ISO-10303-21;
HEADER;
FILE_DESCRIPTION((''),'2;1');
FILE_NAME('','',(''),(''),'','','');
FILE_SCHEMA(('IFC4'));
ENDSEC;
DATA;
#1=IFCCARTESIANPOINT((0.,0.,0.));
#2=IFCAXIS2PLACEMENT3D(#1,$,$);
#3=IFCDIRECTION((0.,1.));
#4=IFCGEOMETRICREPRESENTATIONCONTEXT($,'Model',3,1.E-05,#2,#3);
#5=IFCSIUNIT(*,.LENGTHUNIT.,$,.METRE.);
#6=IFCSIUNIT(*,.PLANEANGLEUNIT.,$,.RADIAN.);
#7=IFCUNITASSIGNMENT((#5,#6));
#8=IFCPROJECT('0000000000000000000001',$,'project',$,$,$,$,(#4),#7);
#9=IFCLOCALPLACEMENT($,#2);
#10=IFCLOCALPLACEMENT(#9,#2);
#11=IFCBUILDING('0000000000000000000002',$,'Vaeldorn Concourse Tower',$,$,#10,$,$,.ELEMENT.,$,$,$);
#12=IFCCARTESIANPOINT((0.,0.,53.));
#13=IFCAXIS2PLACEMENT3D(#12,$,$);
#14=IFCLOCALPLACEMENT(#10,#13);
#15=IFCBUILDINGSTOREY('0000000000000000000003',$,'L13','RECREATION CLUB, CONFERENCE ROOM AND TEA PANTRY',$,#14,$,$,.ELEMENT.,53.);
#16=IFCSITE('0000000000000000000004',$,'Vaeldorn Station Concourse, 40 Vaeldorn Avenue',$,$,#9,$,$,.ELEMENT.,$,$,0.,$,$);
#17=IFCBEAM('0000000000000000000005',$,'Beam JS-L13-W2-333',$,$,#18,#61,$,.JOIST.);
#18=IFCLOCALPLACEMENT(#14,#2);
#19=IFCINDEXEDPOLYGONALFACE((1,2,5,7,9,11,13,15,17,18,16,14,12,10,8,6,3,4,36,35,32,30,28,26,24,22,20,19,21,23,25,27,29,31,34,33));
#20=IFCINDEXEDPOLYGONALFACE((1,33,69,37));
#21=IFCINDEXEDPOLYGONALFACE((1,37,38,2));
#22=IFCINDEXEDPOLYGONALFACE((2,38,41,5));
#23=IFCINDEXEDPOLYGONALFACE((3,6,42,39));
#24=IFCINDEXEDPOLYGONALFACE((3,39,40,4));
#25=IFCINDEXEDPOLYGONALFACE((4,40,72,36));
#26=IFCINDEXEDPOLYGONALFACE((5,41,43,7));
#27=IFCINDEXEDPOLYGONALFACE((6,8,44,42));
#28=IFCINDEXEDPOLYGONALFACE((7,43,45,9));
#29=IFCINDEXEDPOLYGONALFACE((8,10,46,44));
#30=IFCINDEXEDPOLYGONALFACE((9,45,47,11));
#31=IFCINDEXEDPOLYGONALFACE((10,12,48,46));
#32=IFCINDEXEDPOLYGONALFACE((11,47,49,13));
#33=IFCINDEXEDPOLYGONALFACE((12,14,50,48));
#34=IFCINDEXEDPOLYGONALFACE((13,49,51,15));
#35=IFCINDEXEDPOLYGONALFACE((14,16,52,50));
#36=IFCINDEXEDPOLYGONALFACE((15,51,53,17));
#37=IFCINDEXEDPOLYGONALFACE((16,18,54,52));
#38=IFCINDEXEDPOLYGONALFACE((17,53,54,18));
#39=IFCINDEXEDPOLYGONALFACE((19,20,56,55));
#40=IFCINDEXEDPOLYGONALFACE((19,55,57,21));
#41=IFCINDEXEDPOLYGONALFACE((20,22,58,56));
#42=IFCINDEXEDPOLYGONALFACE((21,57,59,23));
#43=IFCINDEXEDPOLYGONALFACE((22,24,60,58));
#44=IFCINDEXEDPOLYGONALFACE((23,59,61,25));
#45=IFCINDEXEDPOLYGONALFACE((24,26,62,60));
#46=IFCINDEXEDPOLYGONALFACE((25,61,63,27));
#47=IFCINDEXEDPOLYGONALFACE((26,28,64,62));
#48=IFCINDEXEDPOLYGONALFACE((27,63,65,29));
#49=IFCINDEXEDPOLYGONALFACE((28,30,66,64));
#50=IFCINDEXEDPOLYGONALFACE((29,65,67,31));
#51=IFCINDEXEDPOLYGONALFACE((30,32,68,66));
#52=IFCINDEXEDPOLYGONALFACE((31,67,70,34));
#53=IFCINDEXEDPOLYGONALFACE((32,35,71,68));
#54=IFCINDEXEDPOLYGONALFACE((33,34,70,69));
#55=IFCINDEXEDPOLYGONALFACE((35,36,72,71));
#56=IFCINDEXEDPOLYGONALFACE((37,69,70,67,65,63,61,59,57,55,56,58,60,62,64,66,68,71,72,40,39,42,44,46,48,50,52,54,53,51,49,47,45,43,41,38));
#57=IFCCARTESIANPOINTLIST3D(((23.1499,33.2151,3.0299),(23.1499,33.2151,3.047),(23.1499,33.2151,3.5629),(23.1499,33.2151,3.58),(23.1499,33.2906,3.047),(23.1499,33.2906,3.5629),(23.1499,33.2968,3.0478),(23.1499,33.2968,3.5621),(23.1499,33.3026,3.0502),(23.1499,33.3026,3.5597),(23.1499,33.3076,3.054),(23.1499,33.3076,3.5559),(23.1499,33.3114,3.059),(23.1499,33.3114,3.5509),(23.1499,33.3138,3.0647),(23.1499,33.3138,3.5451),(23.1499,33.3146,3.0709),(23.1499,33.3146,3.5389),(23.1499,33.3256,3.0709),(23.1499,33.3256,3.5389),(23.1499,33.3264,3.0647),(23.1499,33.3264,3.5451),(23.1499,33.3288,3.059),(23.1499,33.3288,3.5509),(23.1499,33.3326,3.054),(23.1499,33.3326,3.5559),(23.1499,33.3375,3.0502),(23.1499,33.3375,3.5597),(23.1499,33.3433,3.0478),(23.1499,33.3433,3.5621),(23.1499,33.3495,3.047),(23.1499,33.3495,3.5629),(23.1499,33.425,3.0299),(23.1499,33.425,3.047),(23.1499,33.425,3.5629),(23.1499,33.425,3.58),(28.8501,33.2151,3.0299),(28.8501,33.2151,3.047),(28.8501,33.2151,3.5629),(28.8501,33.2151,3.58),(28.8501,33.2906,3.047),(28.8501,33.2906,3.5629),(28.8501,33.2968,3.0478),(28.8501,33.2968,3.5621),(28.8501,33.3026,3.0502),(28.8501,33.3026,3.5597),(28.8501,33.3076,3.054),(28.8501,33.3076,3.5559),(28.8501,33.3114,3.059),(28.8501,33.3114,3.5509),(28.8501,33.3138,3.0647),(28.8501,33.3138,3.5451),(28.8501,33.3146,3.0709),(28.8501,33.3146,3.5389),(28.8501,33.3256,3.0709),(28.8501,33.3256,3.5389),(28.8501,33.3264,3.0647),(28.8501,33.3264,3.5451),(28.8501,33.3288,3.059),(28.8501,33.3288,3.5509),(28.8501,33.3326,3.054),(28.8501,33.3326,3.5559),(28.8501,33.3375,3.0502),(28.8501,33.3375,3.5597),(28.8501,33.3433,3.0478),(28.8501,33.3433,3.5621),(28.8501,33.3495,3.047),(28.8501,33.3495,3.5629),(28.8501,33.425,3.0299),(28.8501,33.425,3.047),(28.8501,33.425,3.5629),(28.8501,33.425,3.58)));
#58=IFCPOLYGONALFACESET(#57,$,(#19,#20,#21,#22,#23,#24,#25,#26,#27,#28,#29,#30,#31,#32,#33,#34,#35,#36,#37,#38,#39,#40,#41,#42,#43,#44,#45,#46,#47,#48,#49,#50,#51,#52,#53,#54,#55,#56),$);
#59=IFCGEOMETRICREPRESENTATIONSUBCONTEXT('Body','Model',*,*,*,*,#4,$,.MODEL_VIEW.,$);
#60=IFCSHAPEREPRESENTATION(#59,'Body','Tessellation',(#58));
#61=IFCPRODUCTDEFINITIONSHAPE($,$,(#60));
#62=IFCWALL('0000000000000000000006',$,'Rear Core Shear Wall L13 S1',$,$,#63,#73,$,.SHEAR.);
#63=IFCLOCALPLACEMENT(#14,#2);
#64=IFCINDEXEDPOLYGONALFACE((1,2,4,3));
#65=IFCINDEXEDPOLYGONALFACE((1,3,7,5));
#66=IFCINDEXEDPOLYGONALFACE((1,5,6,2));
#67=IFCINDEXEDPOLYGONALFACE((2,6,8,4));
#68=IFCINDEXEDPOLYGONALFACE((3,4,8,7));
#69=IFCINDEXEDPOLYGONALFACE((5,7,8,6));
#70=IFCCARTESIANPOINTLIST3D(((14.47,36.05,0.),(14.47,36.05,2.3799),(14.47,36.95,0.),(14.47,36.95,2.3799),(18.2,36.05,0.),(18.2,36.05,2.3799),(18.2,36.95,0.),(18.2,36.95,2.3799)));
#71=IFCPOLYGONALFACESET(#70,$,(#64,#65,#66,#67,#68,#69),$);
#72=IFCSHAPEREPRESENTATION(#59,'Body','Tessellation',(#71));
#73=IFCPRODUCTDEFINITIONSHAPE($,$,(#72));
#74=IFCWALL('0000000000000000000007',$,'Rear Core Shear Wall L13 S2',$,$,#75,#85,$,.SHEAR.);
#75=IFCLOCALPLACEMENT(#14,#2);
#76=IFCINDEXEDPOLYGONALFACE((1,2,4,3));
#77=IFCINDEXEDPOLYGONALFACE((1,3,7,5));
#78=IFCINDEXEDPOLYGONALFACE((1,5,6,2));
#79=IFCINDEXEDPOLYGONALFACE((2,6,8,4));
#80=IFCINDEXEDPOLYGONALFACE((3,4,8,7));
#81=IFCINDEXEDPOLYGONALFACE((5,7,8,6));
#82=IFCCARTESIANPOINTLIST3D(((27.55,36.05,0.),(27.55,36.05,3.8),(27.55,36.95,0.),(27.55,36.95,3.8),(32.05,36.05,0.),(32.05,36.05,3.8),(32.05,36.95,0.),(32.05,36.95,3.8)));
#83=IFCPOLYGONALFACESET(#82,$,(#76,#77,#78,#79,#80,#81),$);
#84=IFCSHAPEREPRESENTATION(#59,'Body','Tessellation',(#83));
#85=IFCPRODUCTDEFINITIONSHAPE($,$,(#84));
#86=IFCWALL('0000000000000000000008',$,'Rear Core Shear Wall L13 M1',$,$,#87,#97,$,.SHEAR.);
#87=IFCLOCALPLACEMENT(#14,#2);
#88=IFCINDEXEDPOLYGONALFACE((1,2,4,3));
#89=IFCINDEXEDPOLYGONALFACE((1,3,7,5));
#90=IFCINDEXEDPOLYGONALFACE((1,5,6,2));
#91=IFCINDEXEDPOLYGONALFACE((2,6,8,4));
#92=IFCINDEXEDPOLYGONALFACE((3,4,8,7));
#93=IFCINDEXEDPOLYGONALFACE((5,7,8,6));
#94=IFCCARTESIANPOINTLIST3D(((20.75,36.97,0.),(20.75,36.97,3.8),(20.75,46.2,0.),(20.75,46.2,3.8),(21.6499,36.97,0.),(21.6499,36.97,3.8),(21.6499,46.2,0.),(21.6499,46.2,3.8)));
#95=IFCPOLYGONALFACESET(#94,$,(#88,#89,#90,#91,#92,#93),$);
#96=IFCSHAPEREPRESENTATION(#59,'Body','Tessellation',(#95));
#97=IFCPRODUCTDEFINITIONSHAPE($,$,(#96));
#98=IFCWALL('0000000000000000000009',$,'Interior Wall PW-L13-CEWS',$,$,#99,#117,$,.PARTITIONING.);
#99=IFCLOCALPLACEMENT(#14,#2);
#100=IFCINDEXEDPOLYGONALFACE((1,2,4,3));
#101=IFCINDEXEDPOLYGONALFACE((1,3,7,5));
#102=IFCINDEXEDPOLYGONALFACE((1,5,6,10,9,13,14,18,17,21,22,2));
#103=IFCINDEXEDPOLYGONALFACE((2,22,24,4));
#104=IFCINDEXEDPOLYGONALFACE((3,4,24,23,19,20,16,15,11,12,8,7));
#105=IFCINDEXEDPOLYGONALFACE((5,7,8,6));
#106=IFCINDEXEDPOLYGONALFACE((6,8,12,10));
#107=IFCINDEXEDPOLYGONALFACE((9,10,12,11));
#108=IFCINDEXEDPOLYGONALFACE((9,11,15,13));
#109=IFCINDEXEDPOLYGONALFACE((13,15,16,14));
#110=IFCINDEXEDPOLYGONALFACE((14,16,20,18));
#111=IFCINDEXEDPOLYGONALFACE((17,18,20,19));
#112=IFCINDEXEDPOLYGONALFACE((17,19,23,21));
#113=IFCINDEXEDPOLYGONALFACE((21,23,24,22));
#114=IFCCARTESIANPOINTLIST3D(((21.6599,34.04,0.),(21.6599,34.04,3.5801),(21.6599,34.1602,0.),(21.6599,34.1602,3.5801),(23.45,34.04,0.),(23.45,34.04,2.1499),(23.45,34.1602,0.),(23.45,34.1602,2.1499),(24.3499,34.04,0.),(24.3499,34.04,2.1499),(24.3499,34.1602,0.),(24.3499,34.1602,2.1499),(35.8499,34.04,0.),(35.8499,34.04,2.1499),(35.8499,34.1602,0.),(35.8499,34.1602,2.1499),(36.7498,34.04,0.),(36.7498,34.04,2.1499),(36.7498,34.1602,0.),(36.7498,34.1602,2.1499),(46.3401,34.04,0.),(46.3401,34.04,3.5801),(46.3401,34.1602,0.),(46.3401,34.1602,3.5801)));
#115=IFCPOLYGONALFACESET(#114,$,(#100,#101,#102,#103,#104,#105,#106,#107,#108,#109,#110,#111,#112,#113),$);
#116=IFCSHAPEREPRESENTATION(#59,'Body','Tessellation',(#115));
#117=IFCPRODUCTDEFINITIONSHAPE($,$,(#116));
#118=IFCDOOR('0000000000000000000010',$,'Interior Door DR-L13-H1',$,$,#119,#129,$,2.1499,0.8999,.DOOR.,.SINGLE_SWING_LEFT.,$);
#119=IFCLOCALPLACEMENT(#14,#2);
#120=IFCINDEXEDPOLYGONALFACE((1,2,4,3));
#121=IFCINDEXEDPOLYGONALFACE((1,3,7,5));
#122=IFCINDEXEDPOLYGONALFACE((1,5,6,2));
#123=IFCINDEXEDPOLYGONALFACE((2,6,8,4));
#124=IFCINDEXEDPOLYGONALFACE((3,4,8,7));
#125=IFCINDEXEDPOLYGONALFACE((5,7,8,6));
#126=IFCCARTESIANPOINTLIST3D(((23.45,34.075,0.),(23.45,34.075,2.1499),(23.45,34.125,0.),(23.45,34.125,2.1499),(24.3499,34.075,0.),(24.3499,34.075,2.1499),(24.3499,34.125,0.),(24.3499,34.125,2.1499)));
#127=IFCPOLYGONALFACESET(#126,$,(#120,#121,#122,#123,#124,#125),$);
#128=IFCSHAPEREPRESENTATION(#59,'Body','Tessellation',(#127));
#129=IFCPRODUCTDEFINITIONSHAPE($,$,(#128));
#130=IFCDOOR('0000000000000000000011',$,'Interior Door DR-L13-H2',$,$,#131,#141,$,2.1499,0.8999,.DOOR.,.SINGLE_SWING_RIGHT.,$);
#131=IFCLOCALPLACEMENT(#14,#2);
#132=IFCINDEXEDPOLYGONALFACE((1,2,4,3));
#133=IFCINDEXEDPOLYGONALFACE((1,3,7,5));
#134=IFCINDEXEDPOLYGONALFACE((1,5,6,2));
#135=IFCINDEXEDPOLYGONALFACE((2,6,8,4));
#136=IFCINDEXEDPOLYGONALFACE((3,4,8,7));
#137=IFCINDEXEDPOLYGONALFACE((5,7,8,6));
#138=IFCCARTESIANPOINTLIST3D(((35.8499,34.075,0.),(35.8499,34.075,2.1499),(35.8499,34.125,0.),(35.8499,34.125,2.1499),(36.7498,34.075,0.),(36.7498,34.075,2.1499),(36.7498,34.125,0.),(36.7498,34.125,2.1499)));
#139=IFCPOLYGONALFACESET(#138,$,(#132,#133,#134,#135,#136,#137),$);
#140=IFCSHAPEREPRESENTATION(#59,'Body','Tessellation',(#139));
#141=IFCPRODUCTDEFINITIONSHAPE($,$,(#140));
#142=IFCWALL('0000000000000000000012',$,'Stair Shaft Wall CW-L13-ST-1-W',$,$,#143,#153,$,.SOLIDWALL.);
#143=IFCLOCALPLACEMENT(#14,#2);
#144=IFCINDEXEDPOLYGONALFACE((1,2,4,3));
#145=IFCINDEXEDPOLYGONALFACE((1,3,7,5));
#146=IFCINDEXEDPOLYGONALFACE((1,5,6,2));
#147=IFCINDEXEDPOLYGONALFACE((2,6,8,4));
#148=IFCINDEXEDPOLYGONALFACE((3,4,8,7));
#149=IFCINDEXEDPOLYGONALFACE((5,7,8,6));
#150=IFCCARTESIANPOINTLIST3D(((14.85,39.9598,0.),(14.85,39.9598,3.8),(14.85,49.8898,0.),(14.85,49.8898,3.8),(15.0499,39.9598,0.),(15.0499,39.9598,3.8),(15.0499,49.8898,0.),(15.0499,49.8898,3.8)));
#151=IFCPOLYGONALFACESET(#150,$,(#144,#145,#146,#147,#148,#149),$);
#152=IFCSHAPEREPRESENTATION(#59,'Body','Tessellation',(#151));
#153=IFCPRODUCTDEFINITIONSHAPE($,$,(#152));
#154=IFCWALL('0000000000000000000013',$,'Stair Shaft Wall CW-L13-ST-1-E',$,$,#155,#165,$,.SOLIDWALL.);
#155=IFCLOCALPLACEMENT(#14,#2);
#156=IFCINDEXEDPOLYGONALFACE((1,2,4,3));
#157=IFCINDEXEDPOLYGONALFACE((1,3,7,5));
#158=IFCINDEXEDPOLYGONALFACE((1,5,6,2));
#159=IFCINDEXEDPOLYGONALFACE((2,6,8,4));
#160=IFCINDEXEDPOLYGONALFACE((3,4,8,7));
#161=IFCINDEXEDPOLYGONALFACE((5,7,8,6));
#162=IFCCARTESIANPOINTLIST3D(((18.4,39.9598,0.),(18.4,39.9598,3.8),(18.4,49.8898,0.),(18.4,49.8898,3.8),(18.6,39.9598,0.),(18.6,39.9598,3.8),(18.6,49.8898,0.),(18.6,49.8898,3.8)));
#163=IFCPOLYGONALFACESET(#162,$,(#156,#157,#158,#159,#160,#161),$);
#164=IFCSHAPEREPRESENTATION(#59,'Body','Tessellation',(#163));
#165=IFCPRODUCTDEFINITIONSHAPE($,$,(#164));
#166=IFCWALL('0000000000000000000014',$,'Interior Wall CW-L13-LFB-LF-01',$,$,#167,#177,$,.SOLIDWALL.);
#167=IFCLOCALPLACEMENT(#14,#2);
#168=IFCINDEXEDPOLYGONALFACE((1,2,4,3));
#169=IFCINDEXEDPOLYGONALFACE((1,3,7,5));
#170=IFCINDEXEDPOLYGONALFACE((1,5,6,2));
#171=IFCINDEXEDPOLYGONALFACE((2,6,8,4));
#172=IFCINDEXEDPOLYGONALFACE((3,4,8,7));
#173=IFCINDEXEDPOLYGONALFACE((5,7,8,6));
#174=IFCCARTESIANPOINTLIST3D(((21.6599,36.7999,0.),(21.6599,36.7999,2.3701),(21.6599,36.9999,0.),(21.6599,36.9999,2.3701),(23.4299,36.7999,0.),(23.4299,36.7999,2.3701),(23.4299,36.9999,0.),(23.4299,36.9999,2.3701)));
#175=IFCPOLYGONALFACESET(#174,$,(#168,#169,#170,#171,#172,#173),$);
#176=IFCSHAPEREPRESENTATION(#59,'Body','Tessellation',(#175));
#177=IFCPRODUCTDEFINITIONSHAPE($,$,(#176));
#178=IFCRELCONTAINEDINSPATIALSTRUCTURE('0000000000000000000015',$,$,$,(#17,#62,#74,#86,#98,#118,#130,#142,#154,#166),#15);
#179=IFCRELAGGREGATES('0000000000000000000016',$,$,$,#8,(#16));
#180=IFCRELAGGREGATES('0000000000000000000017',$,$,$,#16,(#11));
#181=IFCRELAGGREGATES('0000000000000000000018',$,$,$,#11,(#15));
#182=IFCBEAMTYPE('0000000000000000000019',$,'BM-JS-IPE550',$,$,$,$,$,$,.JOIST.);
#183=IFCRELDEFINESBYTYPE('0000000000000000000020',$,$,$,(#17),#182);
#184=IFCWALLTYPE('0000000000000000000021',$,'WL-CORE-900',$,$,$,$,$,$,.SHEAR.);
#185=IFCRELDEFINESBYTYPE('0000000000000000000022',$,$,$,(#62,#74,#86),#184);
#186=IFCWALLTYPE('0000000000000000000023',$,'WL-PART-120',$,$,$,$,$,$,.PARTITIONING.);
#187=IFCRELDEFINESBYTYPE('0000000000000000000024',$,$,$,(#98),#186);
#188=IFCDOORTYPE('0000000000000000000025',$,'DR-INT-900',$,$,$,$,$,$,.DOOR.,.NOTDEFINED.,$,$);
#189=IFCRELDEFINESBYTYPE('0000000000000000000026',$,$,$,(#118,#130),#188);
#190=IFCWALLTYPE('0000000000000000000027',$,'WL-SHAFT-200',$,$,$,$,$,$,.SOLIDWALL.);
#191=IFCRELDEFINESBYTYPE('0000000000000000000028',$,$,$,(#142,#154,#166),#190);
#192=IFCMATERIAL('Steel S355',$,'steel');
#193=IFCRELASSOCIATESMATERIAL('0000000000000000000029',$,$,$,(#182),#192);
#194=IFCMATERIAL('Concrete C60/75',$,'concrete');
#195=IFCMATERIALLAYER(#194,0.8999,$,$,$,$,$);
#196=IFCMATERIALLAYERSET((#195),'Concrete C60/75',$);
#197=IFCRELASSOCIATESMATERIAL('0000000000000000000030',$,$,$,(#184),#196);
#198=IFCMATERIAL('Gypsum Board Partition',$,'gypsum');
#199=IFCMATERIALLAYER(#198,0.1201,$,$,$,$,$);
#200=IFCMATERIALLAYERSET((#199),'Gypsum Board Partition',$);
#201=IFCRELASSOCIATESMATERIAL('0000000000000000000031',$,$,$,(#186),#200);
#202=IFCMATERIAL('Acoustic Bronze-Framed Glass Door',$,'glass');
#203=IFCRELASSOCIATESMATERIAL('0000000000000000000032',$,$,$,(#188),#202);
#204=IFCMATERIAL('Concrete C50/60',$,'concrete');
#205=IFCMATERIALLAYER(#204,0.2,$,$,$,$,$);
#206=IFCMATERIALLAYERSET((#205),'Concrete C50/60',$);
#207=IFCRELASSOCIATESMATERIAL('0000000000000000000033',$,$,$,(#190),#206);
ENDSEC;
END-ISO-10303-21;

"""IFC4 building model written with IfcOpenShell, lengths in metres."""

from ifc_helpers import new_model, si_unit, direction, frame, frame_2d, origin, origin_2d, place, context, subcontext, project, spatial, rectangle, i_section, extrude, source, transform, mapped, material, layer, layer_set, material_profile, profile_set, type_object, element, fill, save


model = new_model("IFC4")

# Units and contexts
model_context = context("Model", 3, precision=1e-05, world=origin(), true_north=direction((0.0, 1.0)))
body_context = subcontext(model_context, "Body", "Model", "MODEL_VIEW")
ifc_project = project(units=[si_unit("LENGTHUNIT", "METRE"), si_unit("PLANEANGLEUNIT", "RADIAN")], contexts=[model_context])

# Site, building, storey
site_placement = place(None, origin())
site = spatial("IfcSite", under=ifc_project, at=site_placement, Name="Vaeldorn Station Concourse, 40 Vaeldorn Avenue", CompositionType="ELEMENT", RefElevation=0.0)
building_placement = place(site_placement, origin())
building = spatial("IfcBuilding", under=site, at=building_placement, Name="Vaeldorn Concourse Tower", CompositionType="ELEMENT")
storey_placement = place(building_placement, frame((0.0, 0.0, 53.0)))
storey = spatial("IfcBuildingStorey", under=building, at=storey_placement, Name="L13", Description="RECREATION CLUB, CONFERENCE ROOM AND TEA PANTRY", CompositionType="ELEMENT", Elevation=53.0)

# Beam
ifc_material_1 = material(Name="Steel S355", Category="steel")
ifc_material_profile_1 = material_profile(ifc_material_1, i_section(OverallWidth=0.21, OverallDepth=0.55, WebThickness=0.011, FlangeThickness=0.0171, FilletRadius=0.0239, at=origin_2d()), Name="IPE 550")
ifc_profile_set_1 = profile_set([ifc_material_profile_1], Name="Steel S355")
beam_type_1 = type_object("IfcBeamType", Name="BM-JS-IPE550", PredefinedType="JOIST", material=ifc_profile_set_1)
shared_shape_1 = source(origin(), body_context, "Body", "SweptSolid", [
    extrude(i_section(OverallWidth=0.21, OverallDepth=0.55, WebThickness=0.011, FlangeThickness=0.0171, FilletRadius=0.0239, at=origin_2d()), origin(), (0.0, 0.0, 1.0), 5.7002),
])
for number, where, z_axis, x_axis, name in (
    (1, (23.1499, 33.3201, 3.3049), (1.0, 0.0, 0.0), (0.0, 1.0, 0.0), "Beam JS-L13-W2-333"),
):
    element("IfcBeam", number, at=place(storey_placement, frame(where, z_axis=z_axis, x_axis=x_axis)), inside=storey, type_object=beam_type_1, Name=name, PredefinedType="JOIST", context=body_context, shape_type="MappedRepresentation", body=[
        mapped(shared_shape_1, transform((0.0, 0.0, 0.0), scale=1.0)),
    ])

# Walls
ifc_material_2 = material(Name="Concrete C60/75", Category="concrete")
ifc_layer_1 = layer(ifc_material_2, 0.8999)
ifc_layer_set_1 = layer_set([ifc_layer_1], Name="Concrete C60/75")
wall_type_1 = type_object("IfcWallType", Name="WL-CORE-900", PredefinedType="SHEAR", material=ifc_layer_set_1)
wall_1_placement = place(storey_placement, frame((14.47, 36.5, 0.0), z_axis=(0.0, 0.0, 1.0), x_axis=(1.0, 0.0, 0.0)))
element("IfcWall", 2, at=wall_1_placement, inside=storey, type_object=wall_type_1, Name="Rear Core Shear Wall L13 S1", PredefinedType="SHEAR", context=body_context, shape_type="SweptSolid", body=[
    extrude(rectangle(XDim=3.73, YDim=0.8999, at=frame_2d((1.865, 0.0))), origin(), (0.0, 0.0, 1.0), 2.3799),
])
wall_2_placement = place(storey_placement, frame((27.55, 36.5, 0.0), z_axis=(0.0, 0.0, 1.0), x_axis=(1.0, 0.0, 0.0)))
element("IfcWall", 3, at=wall_2_placement, inside=storey, type_object=wall_type_1, Name="Rear Core Shear Wall L13 S2", PredefinedType="SHEAR", context=body_context, shape_type="SweptSolid", body=[
    extrude(rectangle(XDim=4.5, YDim=0.8999, at=frame_2d((2.25, 0.0))), origin(), (0.0, 0.0, 1.0), 3.8),
])
wall_3_placement = place(storey_placement, frame((21.2, 36.97, 0.0), z_axis=(0.0, 0.0, 1.0), x_axis=(0.0, 1.0, 0.0)))
element("IfcWall", 4, at=wall_3_placement, inside=storey, type_object=wall_type_1, Name="Rear Core Shear Wall L13 M1", PredefinedType="SHEAR", context=body_context, shape_type="SweptSolid", body=[
    extrude(rectangle(XDim=9.23, YDim=0.8999, at=frame_2d((4.615, 0.0))), origin(), (0.0, 0.0, 1.0), 3.8),
])

# Wall, openings, doors
ifc_material_3 = material(Name="Gypsum Board Partition", Category="gypsum")
ifc_layer_2 = layer(ifc_material_3, 0.1201)
ifc_layer_set_2 = layer_set([ifc_layer_2], Name="Gypsum Board Partition")
wall_type_2 = type_object("IfcWallType", Name="WL-PART-120", PredefinedType="PARTITIONING", material=ifc_layer_set_2)
wall_4_placement = place(storey_placement, frame((21.6599, 34.1001, 0.0), z_axis=(0.0, 0.0, 1.0), x_axis=(1.0, 0.0, 0.0)))
wall_4 = element("IfcWall", 5, at=wall_4_placement, inside=storey, type_object=wall_type_2, Name="Interior Wall PW-L13-CEWS", PredefinedType="PARTITIONING", context=body_context, shape_type="SweptSolid", body=[
    extrude(rectangle(XDim=24.6802, YDim=0.1201, at=frame_2d((12.3401, 0.0))), origin(), (0.0, 0.0, 1.0), 3.5801),
])
opening_1_placement = place(wall_4_placement, frame((1.79, 0.0, 0.0)))
opening_1 = element("IfcOpeningElement", 6, at=opening_1_placement, cuts=wall_4, PredefinedType="OPENING", context=body_context, shape_type="SweptSolid", body=[
    extrude(rectangle(XDim=0.8999, YDim=2.1499, at=frame_2d((0.45, 1.075))), frame((0.0, 0.0701, 0.0), z_axis=(0.0, -1.0, 0.0), x_axis=(1.0, 0.0, 0.0)), (0.0, 0.0, 1.0), 0.1401),
])
opening_2_placement = place(wall_4_placement, frame((14.1899, 0.0, 0.0)))
opening_2 = element("IfcOpeningElement", 7, at=opening_2_placement, cuts=wall_4, PredefinedType="OPENING", context=body_context, shape_type="SweptSolid", body=[
    extrude(rectangle(XDim=0.8999, YDim=2.1499, at=frame_2d((0.45, 1.075))), frame((0.0, 0.0701, 0.0), z_axis=(0.0, -1.0, 0.0), x_axis=(1.0, 0.0, 0.0)), (0.0, 0.0, 1.0), 0.1401),
])
ifc_material_4 = material(Name="Acoustic Bronze-Framed Glass Door", Category="glass")
door_type_1 = type_object("IfcDoorType", Name="DR-INT-900", OperationType="NOTDEFINED", PredefinedType="DOOR", material=ifc_material_4)
shared_shape_2 = source(origin(), body_context, "Body", "SweptSolid", [
    extrude(rectangle(XDim=0.8999, YDim=2.1499, at=frame_2d((0.45, 1.075))), frame((0.0, 0.0249, 0.0), z_axis=(0.0, -1.0, 0.0), x_axis=(1.0, 0.0, 0.0)), (0.0, 0.0, 1.0), 0.05),
])
door_1_placement = place(opening_1_placement, origin())
door_1 = element("IfcDoor", 8, at=door_1_placement, inside=storey, type_object=door_type_1, Name="Interior Door DR-L13-H1", OperationType="SINGLE_SWING_LEFT", OverallHeight=2.1499, OverallWidth=0.8999, PredefinedType="DOOR", context=body_context, shape_type="MappedRepresentation", body=[
    mapped(shared_shape_2, transform((0.0, 0.0, 0.0), scale=1.0)),
])
fill(opening_1, door_1)
door_2_placement = place(opening_2_placement, origin())
door_2 = element("IfcDoor", 9, at=door_2_placement, inside=storey, type_object=door_type_1, Name="Interior Door DR-L13-H2", OperationType="SINGLE_SWING_RIGHT", OverallHeight=2.1499, OverallWidth=0.8999, PredefinedType="DOOR", context=body_context, shape_type="MappedRepresentation", body=[
    mapped(shared_shape_2, transform((0.0, 0.0, 0.0), scale=1.0)),
])
fill(opening_2, door_2)

# Walls
ifc_material_5 = material(Name="Concrete C50/60", Category="concrete")
ifc_layer_3 = layer(ifc_material_5, 0.2)
ifc_layer_set_3 = layer_set([ifc_layer_3], Name="Concrete C50/60")
wall_type_3 = type_object("IfcWallType", Name="WL-SHAFT-200", PredefinedType="SOLIDWALL", material=ifc_layer_set_3)
for number, where, z_axis, x_axis, name in (
    (10, (14.95, 39.96, 0.0), (0.0, 0.0, 1.0), (0.0, 1.0, 0.0), "Stair Shaft Wall CW-L13-ST-1-W"),
    (11, (18.5, 39.96, 0.0), (0.0, 0.0, 1.0), (0.0, 1.0, 0.0), "Stair Shaft Wall CW-L13-ST-1-E"),
):
    element("IfcWall", number, at=place(storey_placement, frame(where, z_axis=z_axis, x_axis=x_axis)), inside=storey, type_object=wall_type_3, Name=name, PredefinedType="SOLIDWALL", context=body_context, shape_type="SweptSolid", body=[
        extrude(rectangle(XDim=9.9299, YDim=0.2, at=frame_2d((4.9648, 0.0))), origin(), (0.0, 0.0, 1.0), 3.8),
    ])

# Wall
wall_5_placement = place(storey_placement, frame((21.6599, 36.8999, 0.0), z_axis=(0.0, 0.0, 1.0), x_axis=(1.0, 0.0, 0.0)))
element("IfcWall", 12, at=wall_5_placement, inside=storey, type_object=wall_type_3, Name="Interior Wall CW-L13-LFB-LF-01", PredefinedType="SOLIDWALL", context=body_context, shape_type="SweptSolid", body=[
    extrude(rectangle(XDim=1.77, YDim=0.2, at=frame_2d((0.885, 0.0))), origin(), (0.0, 0.0, 1.0), 2.3701),
])

save(model, "model.ifc")
